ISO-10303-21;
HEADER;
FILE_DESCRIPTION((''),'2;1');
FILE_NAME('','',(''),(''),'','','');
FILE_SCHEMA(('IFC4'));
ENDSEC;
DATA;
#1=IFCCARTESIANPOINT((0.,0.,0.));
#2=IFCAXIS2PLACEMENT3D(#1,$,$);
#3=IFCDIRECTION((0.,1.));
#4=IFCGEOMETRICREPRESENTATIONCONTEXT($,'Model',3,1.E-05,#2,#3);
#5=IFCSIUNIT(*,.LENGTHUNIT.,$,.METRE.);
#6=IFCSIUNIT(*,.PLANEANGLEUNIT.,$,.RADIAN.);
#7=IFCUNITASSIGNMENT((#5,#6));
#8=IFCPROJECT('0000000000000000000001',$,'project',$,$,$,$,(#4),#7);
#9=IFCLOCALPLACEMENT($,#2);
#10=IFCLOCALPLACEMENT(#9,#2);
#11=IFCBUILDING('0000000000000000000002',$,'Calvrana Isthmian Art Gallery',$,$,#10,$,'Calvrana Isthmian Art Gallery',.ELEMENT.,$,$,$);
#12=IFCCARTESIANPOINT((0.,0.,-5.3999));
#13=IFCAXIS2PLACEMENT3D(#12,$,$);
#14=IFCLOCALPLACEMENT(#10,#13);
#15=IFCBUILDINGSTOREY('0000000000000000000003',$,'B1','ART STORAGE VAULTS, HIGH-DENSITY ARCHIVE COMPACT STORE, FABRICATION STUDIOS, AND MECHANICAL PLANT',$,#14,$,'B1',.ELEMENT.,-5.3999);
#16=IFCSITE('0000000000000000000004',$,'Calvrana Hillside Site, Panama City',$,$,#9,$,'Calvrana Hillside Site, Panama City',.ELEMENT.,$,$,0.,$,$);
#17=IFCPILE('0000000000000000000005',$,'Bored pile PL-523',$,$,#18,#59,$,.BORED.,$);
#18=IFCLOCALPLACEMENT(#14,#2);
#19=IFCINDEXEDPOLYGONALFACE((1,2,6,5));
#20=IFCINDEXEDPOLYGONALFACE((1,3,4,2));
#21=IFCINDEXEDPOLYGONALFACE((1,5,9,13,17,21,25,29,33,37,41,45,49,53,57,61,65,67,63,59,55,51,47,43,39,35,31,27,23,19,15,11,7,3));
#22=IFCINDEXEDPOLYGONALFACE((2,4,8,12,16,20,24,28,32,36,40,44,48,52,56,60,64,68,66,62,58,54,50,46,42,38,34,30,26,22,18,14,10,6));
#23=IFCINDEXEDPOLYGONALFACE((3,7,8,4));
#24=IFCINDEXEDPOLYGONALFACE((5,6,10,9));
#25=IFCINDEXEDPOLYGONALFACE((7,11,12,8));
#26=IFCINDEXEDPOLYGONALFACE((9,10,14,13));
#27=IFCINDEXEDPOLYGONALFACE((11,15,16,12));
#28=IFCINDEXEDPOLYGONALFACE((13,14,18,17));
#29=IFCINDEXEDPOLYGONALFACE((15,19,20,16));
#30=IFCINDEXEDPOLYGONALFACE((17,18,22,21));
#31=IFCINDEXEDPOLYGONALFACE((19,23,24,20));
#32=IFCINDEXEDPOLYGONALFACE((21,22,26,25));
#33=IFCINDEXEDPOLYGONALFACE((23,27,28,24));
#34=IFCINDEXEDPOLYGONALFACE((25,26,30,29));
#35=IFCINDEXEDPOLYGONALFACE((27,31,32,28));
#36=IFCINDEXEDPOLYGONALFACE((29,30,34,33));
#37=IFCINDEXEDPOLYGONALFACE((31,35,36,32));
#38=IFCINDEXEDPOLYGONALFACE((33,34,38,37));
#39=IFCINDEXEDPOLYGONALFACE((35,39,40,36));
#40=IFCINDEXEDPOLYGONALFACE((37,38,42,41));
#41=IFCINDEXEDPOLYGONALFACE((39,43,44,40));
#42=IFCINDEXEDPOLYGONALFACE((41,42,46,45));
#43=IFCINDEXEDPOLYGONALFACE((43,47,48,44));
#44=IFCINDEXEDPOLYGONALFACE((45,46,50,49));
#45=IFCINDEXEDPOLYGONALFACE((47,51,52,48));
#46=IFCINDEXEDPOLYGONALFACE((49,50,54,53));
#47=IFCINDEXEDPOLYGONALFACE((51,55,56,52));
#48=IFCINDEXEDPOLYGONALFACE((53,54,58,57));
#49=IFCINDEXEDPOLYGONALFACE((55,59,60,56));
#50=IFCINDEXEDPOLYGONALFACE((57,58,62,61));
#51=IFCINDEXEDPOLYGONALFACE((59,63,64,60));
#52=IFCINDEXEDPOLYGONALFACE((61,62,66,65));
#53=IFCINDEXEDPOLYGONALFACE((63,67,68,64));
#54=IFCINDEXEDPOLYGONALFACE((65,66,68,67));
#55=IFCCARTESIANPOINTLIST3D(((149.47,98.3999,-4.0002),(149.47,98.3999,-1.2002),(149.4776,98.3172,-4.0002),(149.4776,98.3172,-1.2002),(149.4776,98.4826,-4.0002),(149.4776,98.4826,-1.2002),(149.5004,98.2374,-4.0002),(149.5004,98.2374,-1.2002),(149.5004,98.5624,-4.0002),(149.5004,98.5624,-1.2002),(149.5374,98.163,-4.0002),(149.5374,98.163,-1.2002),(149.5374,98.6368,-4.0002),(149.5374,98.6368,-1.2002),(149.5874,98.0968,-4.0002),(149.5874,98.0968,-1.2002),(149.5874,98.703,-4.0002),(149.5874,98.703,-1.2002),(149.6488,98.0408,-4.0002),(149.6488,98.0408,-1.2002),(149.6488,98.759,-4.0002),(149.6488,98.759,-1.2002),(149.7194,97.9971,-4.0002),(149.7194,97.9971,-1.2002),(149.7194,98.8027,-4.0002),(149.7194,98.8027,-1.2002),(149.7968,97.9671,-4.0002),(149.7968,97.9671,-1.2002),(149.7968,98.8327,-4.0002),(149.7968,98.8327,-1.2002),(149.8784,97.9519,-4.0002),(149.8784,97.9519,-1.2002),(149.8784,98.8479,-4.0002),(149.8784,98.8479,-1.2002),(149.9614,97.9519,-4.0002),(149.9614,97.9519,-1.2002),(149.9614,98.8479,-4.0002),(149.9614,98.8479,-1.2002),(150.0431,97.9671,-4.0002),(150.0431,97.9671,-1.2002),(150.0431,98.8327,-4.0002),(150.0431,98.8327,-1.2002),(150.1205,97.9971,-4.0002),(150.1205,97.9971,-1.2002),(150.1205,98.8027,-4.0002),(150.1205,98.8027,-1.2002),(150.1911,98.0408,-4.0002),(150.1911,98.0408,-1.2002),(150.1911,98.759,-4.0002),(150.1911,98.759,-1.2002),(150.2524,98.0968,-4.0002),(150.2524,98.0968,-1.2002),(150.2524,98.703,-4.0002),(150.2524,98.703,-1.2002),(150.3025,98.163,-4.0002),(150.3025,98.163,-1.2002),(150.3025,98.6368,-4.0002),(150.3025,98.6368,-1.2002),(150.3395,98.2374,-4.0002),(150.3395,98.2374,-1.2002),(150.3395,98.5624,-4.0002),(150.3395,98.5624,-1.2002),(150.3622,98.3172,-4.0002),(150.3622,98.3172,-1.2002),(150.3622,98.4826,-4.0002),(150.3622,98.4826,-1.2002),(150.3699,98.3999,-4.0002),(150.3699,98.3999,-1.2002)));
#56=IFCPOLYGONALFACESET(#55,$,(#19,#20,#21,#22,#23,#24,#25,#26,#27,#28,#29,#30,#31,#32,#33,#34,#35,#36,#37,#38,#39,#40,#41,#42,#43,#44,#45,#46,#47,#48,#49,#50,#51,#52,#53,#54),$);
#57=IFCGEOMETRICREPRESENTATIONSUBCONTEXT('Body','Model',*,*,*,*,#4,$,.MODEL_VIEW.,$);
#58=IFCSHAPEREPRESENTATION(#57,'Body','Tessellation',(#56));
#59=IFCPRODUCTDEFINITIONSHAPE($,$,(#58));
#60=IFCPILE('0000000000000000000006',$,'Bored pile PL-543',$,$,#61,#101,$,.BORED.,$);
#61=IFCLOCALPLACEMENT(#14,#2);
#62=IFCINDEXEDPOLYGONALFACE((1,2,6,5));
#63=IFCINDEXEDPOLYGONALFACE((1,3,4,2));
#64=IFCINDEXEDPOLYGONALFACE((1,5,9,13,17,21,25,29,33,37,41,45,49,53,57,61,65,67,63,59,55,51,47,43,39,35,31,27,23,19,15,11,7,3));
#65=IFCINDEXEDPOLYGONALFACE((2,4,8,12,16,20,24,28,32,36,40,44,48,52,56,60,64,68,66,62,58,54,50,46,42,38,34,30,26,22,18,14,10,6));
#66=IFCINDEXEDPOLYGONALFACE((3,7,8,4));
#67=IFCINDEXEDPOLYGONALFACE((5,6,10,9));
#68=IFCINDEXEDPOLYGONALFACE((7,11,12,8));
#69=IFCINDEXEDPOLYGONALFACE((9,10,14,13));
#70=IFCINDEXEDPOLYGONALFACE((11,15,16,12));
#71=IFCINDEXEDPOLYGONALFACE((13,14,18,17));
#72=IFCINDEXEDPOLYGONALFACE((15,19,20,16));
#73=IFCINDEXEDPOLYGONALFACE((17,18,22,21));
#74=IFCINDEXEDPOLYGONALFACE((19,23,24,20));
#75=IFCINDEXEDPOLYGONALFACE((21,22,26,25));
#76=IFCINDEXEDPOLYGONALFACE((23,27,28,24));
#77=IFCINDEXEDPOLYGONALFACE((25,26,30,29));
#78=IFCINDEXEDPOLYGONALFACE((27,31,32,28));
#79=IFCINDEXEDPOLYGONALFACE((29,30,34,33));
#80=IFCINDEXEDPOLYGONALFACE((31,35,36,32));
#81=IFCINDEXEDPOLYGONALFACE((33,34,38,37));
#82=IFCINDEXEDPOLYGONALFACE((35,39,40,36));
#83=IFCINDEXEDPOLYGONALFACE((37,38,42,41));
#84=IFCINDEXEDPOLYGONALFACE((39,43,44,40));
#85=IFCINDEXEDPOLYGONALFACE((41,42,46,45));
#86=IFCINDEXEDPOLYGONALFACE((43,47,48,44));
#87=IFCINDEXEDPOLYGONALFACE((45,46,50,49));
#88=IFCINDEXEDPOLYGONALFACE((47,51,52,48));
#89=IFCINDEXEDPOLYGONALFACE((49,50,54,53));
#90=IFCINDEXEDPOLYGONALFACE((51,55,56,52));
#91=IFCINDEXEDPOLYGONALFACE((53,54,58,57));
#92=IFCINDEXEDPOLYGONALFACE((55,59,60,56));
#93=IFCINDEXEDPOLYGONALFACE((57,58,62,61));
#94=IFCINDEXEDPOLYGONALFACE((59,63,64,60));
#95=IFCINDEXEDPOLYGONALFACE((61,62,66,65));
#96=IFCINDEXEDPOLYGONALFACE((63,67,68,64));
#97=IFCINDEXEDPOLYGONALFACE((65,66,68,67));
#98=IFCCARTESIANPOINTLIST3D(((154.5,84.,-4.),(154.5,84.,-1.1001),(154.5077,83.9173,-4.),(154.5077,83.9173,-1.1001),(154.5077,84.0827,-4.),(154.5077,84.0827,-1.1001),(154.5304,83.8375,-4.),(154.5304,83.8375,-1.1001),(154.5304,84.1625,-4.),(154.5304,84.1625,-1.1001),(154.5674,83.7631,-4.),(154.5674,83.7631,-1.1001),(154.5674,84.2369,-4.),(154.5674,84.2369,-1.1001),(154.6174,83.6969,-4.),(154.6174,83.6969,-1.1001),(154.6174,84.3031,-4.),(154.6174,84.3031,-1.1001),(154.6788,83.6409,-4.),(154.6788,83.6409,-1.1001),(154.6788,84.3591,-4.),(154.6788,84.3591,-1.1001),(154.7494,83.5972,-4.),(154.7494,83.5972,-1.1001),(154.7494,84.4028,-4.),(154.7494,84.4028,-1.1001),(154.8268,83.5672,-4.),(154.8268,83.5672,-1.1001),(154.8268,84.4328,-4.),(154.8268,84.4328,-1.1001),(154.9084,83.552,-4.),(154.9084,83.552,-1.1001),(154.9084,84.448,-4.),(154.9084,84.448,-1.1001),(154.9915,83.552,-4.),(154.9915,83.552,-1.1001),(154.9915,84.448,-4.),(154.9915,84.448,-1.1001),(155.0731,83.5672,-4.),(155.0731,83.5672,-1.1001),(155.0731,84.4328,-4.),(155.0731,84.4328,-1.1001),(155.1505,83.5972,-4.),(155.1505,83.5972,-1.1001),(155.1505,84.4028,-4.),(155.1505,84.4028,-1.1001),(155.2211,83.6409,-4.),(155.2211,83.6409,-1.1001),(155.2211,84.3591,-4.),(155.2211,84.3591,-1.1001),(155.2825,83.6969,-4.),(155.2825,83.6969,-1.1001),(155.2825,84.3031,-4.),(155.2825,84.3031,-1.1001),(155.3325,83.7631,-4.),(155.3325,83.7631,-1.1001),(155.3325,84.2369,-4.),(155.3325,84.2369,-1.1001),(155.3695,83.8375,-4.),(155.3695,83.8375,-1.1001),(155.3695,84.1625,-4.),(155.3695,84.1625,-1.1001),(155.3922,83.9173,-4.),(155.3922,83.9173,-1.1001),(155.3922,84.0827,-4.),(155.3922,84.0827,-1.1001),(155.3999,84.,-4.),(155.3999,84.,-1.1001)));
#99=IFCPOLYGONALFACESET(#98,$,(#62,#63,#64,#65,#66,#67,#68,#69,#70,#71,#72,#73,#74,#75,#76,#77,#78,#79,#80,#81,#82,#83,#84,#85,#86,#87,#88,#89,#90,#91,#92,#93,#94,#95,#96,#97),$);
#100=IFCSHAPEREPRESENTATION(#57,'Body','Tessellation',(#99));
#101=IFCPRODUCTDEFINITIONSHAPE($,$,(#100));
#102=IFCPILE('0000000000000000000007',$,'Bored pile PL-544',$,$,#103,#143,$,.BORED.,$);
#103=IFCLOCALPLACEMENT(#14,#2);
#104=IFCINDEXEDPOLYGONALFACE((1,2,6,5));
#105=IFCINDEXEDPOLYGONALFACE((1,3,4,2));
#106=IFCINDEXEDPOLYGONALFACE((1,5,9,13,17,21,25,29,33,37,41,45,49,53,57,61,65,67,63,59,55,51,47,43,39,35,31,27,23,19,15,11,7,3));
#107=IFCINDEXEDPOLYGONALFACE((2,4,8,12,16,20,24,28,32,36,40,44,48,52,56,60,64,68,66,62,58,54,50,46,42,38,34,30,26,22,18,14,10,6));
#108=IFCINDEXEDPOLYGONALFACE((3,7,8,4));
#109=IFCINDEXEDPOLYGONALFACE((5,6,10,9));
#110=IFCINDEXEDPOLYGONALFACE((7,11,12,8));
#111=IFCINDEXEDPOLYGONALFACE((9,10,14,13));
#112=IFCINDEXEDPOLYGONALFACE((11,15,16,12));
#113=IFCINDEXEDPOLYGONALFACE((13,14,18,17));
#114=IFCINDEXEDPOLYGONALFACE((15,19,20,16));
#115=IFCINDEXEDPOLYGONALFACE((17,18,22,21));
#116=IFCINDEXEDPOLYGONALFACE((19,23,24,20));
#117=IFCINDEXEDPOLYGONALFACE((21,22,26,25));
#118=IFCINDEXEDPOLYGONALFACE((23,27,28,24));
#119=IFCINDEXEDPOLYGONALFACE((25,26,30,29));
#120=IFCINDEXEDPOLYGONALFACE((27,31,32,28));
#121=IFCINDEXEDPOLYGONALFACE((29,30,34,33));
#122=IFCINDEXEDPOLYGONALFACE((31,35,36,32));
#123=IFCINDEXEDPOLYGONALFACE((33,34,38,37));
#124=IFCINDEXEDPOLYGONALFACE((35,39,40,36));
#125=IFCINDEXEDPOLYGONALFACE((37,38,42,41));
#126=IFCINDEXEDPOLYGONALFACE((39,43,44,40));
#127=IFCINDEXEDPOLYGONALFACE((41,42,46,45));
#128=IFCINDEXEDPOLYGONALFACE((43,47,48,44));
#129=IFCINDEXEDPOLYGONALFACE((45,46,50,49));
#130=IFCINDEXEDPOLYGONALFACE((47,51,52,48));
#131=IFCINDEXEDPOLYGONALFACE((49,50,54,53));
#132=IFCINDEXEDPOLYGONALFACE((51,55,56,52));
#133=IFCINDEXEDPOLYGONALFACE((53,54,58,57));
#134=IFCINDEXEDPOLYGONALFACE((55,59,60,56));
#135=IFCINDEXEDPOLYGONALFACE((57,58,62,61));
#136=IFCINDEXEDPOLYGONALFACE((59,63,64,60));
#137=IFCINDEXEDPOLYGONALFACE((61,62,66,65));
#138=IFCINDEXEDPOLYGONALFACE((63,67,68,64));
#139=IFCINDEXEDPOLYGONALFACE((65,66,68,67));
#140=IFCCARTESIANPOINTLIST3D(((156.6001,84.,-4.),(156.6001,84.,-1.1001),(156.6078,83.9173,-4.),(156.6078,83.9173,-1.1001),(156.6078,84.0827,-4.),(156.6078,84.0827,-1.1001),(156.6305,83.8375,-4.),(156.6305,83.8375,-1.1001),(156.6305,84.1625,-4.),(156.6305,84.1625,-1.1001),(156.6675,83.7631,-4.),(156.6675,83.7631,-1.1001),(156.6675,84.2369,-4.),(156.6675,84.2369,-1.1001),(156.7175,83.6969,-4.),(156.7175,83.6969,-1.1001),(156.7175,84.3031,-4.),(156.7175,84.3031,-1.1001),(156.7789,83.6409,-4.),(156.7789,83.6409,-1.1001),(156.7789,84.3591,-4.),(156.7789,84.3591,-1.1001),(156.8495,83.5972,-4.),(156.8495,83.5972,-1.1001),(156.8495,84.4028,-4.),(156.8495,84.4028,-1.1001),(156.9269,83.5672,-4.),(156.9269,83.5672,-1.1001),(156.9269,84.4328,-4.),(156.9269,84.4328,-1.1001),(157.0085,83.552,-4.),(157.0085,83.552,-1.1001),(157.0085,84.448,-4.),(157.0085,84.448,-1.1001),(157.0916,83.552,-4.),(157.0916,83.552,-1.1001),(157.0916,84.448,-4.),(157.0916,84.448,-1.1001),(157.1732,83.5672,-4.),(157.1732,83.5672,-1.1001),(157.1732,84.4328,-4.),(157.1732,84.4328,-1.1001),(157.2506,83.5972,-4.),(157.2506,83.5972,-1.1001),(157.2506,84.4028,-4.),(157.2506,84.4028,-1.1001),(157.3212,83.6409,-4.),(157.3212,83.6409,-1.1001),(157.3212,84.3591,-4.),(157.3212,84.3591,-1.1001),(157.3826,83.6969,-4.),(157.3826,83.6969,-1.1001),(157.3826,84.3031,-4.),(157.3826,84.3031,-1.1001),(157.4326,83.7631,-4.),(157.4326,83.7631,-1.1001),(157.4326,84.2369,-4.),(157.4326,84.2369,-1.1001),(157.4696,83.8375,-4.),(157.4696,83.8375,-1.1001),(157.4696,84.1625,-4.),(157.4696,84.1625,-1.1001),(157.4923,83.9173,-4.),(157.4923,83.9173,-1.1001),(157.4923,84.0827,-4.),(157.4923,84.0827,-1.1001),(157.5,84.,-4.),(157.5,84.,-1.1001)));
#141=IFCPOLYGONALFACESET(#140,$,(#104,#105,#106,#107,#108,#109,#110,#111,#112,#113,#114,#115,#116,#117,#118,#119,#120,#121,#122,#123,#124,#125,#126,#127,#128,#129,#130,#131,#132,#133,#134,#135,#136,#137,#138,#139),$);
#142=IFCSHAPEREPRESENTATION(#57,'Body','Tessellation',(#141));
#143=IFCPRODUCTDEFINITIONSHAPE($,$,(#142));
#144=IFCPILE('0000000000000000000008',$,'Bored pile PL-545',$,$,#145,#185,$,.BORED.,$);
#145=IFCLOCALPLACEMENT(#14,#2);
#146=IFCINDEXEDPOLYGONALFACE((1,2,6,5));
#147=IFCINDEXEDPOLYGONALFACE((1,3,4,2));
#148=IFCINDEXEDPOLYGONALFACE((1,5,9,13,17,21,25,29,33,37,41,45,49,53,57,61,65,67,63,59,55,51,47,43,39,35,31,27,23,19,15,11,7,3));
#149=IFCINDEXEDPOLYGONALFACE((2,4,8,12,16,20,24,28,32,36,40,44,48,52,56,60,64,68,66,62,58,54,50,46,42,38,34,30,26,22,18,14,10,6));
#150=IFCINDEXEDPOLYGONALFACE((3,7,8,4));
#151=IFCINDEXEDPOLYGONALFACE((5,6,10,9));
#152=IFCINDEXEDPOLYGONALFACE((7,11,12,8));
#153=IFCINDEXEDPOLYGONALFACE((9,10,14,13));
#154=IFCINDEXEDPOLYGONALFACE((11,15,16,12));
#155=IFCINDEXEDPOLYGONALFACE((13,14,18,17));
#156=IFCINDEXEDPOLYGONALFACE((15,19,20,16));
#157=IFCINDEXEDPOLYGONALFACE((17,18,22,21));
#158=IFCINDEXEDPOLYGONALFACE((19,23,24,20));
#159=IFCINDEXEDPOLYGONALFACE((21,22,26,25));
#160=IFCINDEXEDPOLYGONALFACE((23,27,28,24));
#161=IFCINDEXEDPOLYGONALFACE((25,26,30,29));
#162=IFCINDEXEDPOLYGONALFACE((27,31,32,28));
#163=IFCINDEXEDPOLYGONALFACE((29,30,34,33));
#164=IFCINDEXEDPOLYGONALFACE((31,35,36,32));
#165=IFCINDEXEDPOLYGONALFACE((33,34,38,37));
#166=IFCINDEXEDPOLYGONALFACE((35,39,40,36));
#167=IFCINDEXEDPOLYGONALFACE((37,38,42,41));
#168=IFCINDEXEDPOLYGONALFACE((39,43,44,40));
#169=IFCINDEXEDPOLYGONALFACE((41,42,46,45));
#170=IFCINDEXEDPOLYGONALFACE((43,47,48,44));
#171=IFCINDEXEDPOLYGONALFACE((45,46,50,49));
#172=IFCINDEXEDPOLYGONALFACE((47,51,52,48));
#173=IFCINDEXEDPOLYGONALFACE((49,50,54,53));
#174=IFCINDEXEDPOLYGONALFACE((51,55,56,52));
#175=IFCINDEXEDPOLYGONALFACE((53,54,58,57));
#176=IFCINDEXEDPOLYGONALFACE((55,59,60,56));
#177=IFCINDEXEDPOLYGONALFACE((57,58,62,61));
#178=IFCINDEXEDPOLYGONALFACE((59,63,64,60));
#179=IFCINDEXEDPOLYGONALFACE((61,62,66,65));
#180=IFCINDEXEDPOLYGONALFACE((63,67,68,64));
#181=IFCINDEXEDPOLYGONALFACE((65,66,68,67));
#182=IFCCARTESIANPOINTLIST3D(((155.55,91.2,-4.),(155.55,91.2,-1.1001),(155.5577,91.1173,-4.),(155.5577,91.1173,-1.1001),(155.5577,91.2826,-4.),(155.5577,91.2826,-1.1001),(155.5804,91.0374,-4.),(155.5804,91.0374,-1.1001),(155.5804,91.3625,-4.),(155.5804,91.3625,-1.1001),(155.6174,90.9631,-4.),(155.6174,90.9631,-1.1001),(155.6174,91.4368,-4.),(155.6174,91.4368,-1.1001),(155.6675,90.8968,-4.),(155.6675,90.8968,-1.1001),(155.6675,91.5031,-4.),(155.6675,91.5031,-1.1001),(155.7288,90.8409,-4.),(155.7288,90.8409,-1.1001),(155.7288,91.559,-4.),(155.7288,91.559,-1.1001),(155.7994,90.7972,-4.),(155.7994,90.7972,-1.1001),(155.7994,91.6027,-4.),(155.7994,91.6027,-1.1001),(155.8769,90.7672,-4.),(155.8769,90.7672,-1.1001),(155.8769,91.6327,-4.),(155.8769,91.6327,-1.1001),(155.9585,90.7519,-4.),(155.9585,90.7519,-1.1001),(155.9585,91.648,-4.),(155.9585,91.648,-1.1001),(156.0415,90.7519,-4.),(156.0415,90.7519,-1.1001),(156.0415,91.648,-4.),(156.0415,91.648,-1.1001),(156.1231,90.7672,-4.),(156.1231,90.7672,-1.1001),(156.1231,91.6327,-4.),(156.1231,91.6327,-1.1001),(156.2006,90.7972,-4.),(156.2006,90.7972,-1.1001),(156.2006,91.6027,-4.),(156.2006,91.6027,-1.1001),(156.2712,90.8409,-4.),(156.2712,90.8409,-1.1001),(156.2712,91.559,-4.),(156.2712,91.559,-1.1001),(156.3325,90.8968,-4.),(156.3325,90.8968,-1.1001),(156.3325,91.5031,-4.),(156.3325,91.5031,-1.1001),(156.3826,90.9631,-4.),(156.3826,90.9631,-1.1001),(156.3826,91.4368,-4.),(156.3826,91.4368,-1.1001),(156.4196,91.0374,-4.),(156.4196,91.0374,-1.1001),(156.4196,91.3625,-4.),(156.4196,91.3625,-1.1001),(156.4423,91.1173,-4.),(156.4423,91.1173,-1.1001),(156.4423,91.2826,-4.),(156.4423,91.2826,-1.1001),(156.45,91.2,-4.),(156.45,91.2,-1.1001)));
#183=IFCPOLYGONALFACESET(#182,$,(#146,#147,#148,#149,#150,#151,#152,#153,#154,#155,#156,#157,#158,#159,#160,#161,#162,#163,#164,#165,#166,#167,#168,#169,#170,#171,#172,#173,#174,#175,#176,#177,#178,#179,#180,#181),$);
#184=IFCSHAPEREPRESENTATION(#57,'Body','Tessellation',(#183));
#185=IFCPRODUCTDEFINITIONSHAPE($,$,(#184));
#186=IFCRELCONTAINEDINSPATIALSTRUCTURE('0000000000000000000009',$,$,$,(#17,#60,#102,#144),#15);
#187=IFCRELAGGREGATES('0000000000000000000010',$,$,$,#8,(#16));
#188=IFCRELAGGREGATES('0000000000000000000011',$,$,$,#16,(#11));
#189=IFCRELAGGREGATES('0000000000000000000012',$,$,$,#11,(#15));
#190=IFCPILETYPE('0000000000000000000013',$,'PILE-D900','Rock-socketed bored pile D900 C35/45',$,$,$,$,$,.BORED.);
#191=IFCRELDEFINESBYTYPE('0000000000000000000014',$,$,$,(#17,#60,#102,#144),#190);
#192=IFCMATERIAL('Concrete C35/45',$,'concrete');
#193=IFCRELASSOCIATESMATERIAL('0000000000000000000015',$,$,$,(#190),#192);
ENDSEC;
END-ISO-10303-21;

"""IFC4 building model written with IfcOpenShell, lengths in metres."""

from ifc_helpers import new_model, si_unit, direction, frame, origin, origin_2d, place, context, subcontext, project, spatial, circle, extrude, material, material_profile, profile_set, type_object, element, save


model = new_model("IFC4")

# Units and contexts
model_context = context("Model", 3, precision=1e-05, world=origin(), true_north=direction((0.0, 1.0)))
body_context = subcontext(model_context, "Body", "Model", "MODEL_VIEW")
ifc_project = project(units=[si_unit("LENGTHUNIT", "METRE"), si_unit("PLANEANGLEUNIT", "RADIAN")], contexts=[model_context])

# Site, building, storey
site_placement = place(None, origin())
site = spatial("IfcSite", under=ifc_project, at=site_placement, Name="Calvrana Hillside Site, Panama City", LongName="Calvrana Hillside Site, Panama City", CompositionType="ELEMENT", RefElevation=0.0)
building_placement = place(site_placement, origin())
building = spatial("IfcBuilding", under=site, at=building_placement, Name="Calvrana Isthmian Art Gallery", LongName="Calvrana Isthmian Art Gallery", CompositionType="ELEMENT")
storey_placement = place(building_placement, frame((0.0, 0.0, -5.3999)))
storey = spatial("IfcBuildingStorey", under=building, at=storey_placement, Name="B1", Description="ART STORAGE VAULTS, HIGH-DENSITY ARCHIVE COMPACT STORE, FABRICATION STUDIOS, AND MECHANICAL PLANT", LongName="B1", CompositionType="ELEMENT", Elevation=-5.3999)

# Shared definitions
ifc_material_1 = material(Name="Concrete C35/45", Category="concrete")

# Piles
ifc_material_profile_1 = material_profile(ifc_material_1, circle(Radius=0.45, at=origin_2d()), Name="PILE900D")
ifc_profile_set_1 = profile_set([ifc_material_profile_1], Name="Concrete C35/45")
pile_type_1 = type_object("IfcPileType", Name="PILE-D900", Description="Rock-socketed bored pile D900 C35/45", PredefinedType="BORED", material=ifc_profile_set_1)
for number, where, z_axis, x_axis, name in (
    (1, (149.9199, 98.3999, -1.2002), (0.0, 0.0, -1.0), (1.0, 0.0, 0.0), "Bored pile PL-523"),
):
    element("IfcPile", number, at=place(storey_placement, frame(where, z_axis=z_axis, x_axis=x_axis)), inside=storey, type_object=pile_type_1, Name=name, PredefinedType="BORED", context=body_context, shape_type="SweptSolid", body=[
        extrude(circle(Radius=0.45, at=origin_2d()), origin(), (0.0, 0.0, 1.0), 2.8),
    ])
for number, where, z_axis, x_axis, name in (
    (2, (154.95, 84.0, -1.1001), (0.0, 0.0, -1.0), (1.0, 0.0, 0.0), "Bored pile PL-543"),
    (3, (157.05, 84.0, -1.1001), (0.0, 0.0, -1.0), (1.0, 0.0, 0.0), "Bored pile PL-544"),
    (4, (156.0, 91.2, -1.1001), (0.0, 0.0, -1.0), (1.0, 0.0, 0.0), "Bored pile PL-545"),
):
    element("IfcPile", number, at=place(storey_placement, frame(where, z_axis=z_axis, x_axis=x_axis)), inside=storey, type_object=pile_type_1, Name=name, PredefinedType="BORED", context=body_context, shape_type="SweptSolid", body=[
        extrude(circle(Radius=0.45, at=origin_2d()), origin(), (0.0, 0.0, 1.0), 2.8999),
    ])

save(model, "model.ifc")
